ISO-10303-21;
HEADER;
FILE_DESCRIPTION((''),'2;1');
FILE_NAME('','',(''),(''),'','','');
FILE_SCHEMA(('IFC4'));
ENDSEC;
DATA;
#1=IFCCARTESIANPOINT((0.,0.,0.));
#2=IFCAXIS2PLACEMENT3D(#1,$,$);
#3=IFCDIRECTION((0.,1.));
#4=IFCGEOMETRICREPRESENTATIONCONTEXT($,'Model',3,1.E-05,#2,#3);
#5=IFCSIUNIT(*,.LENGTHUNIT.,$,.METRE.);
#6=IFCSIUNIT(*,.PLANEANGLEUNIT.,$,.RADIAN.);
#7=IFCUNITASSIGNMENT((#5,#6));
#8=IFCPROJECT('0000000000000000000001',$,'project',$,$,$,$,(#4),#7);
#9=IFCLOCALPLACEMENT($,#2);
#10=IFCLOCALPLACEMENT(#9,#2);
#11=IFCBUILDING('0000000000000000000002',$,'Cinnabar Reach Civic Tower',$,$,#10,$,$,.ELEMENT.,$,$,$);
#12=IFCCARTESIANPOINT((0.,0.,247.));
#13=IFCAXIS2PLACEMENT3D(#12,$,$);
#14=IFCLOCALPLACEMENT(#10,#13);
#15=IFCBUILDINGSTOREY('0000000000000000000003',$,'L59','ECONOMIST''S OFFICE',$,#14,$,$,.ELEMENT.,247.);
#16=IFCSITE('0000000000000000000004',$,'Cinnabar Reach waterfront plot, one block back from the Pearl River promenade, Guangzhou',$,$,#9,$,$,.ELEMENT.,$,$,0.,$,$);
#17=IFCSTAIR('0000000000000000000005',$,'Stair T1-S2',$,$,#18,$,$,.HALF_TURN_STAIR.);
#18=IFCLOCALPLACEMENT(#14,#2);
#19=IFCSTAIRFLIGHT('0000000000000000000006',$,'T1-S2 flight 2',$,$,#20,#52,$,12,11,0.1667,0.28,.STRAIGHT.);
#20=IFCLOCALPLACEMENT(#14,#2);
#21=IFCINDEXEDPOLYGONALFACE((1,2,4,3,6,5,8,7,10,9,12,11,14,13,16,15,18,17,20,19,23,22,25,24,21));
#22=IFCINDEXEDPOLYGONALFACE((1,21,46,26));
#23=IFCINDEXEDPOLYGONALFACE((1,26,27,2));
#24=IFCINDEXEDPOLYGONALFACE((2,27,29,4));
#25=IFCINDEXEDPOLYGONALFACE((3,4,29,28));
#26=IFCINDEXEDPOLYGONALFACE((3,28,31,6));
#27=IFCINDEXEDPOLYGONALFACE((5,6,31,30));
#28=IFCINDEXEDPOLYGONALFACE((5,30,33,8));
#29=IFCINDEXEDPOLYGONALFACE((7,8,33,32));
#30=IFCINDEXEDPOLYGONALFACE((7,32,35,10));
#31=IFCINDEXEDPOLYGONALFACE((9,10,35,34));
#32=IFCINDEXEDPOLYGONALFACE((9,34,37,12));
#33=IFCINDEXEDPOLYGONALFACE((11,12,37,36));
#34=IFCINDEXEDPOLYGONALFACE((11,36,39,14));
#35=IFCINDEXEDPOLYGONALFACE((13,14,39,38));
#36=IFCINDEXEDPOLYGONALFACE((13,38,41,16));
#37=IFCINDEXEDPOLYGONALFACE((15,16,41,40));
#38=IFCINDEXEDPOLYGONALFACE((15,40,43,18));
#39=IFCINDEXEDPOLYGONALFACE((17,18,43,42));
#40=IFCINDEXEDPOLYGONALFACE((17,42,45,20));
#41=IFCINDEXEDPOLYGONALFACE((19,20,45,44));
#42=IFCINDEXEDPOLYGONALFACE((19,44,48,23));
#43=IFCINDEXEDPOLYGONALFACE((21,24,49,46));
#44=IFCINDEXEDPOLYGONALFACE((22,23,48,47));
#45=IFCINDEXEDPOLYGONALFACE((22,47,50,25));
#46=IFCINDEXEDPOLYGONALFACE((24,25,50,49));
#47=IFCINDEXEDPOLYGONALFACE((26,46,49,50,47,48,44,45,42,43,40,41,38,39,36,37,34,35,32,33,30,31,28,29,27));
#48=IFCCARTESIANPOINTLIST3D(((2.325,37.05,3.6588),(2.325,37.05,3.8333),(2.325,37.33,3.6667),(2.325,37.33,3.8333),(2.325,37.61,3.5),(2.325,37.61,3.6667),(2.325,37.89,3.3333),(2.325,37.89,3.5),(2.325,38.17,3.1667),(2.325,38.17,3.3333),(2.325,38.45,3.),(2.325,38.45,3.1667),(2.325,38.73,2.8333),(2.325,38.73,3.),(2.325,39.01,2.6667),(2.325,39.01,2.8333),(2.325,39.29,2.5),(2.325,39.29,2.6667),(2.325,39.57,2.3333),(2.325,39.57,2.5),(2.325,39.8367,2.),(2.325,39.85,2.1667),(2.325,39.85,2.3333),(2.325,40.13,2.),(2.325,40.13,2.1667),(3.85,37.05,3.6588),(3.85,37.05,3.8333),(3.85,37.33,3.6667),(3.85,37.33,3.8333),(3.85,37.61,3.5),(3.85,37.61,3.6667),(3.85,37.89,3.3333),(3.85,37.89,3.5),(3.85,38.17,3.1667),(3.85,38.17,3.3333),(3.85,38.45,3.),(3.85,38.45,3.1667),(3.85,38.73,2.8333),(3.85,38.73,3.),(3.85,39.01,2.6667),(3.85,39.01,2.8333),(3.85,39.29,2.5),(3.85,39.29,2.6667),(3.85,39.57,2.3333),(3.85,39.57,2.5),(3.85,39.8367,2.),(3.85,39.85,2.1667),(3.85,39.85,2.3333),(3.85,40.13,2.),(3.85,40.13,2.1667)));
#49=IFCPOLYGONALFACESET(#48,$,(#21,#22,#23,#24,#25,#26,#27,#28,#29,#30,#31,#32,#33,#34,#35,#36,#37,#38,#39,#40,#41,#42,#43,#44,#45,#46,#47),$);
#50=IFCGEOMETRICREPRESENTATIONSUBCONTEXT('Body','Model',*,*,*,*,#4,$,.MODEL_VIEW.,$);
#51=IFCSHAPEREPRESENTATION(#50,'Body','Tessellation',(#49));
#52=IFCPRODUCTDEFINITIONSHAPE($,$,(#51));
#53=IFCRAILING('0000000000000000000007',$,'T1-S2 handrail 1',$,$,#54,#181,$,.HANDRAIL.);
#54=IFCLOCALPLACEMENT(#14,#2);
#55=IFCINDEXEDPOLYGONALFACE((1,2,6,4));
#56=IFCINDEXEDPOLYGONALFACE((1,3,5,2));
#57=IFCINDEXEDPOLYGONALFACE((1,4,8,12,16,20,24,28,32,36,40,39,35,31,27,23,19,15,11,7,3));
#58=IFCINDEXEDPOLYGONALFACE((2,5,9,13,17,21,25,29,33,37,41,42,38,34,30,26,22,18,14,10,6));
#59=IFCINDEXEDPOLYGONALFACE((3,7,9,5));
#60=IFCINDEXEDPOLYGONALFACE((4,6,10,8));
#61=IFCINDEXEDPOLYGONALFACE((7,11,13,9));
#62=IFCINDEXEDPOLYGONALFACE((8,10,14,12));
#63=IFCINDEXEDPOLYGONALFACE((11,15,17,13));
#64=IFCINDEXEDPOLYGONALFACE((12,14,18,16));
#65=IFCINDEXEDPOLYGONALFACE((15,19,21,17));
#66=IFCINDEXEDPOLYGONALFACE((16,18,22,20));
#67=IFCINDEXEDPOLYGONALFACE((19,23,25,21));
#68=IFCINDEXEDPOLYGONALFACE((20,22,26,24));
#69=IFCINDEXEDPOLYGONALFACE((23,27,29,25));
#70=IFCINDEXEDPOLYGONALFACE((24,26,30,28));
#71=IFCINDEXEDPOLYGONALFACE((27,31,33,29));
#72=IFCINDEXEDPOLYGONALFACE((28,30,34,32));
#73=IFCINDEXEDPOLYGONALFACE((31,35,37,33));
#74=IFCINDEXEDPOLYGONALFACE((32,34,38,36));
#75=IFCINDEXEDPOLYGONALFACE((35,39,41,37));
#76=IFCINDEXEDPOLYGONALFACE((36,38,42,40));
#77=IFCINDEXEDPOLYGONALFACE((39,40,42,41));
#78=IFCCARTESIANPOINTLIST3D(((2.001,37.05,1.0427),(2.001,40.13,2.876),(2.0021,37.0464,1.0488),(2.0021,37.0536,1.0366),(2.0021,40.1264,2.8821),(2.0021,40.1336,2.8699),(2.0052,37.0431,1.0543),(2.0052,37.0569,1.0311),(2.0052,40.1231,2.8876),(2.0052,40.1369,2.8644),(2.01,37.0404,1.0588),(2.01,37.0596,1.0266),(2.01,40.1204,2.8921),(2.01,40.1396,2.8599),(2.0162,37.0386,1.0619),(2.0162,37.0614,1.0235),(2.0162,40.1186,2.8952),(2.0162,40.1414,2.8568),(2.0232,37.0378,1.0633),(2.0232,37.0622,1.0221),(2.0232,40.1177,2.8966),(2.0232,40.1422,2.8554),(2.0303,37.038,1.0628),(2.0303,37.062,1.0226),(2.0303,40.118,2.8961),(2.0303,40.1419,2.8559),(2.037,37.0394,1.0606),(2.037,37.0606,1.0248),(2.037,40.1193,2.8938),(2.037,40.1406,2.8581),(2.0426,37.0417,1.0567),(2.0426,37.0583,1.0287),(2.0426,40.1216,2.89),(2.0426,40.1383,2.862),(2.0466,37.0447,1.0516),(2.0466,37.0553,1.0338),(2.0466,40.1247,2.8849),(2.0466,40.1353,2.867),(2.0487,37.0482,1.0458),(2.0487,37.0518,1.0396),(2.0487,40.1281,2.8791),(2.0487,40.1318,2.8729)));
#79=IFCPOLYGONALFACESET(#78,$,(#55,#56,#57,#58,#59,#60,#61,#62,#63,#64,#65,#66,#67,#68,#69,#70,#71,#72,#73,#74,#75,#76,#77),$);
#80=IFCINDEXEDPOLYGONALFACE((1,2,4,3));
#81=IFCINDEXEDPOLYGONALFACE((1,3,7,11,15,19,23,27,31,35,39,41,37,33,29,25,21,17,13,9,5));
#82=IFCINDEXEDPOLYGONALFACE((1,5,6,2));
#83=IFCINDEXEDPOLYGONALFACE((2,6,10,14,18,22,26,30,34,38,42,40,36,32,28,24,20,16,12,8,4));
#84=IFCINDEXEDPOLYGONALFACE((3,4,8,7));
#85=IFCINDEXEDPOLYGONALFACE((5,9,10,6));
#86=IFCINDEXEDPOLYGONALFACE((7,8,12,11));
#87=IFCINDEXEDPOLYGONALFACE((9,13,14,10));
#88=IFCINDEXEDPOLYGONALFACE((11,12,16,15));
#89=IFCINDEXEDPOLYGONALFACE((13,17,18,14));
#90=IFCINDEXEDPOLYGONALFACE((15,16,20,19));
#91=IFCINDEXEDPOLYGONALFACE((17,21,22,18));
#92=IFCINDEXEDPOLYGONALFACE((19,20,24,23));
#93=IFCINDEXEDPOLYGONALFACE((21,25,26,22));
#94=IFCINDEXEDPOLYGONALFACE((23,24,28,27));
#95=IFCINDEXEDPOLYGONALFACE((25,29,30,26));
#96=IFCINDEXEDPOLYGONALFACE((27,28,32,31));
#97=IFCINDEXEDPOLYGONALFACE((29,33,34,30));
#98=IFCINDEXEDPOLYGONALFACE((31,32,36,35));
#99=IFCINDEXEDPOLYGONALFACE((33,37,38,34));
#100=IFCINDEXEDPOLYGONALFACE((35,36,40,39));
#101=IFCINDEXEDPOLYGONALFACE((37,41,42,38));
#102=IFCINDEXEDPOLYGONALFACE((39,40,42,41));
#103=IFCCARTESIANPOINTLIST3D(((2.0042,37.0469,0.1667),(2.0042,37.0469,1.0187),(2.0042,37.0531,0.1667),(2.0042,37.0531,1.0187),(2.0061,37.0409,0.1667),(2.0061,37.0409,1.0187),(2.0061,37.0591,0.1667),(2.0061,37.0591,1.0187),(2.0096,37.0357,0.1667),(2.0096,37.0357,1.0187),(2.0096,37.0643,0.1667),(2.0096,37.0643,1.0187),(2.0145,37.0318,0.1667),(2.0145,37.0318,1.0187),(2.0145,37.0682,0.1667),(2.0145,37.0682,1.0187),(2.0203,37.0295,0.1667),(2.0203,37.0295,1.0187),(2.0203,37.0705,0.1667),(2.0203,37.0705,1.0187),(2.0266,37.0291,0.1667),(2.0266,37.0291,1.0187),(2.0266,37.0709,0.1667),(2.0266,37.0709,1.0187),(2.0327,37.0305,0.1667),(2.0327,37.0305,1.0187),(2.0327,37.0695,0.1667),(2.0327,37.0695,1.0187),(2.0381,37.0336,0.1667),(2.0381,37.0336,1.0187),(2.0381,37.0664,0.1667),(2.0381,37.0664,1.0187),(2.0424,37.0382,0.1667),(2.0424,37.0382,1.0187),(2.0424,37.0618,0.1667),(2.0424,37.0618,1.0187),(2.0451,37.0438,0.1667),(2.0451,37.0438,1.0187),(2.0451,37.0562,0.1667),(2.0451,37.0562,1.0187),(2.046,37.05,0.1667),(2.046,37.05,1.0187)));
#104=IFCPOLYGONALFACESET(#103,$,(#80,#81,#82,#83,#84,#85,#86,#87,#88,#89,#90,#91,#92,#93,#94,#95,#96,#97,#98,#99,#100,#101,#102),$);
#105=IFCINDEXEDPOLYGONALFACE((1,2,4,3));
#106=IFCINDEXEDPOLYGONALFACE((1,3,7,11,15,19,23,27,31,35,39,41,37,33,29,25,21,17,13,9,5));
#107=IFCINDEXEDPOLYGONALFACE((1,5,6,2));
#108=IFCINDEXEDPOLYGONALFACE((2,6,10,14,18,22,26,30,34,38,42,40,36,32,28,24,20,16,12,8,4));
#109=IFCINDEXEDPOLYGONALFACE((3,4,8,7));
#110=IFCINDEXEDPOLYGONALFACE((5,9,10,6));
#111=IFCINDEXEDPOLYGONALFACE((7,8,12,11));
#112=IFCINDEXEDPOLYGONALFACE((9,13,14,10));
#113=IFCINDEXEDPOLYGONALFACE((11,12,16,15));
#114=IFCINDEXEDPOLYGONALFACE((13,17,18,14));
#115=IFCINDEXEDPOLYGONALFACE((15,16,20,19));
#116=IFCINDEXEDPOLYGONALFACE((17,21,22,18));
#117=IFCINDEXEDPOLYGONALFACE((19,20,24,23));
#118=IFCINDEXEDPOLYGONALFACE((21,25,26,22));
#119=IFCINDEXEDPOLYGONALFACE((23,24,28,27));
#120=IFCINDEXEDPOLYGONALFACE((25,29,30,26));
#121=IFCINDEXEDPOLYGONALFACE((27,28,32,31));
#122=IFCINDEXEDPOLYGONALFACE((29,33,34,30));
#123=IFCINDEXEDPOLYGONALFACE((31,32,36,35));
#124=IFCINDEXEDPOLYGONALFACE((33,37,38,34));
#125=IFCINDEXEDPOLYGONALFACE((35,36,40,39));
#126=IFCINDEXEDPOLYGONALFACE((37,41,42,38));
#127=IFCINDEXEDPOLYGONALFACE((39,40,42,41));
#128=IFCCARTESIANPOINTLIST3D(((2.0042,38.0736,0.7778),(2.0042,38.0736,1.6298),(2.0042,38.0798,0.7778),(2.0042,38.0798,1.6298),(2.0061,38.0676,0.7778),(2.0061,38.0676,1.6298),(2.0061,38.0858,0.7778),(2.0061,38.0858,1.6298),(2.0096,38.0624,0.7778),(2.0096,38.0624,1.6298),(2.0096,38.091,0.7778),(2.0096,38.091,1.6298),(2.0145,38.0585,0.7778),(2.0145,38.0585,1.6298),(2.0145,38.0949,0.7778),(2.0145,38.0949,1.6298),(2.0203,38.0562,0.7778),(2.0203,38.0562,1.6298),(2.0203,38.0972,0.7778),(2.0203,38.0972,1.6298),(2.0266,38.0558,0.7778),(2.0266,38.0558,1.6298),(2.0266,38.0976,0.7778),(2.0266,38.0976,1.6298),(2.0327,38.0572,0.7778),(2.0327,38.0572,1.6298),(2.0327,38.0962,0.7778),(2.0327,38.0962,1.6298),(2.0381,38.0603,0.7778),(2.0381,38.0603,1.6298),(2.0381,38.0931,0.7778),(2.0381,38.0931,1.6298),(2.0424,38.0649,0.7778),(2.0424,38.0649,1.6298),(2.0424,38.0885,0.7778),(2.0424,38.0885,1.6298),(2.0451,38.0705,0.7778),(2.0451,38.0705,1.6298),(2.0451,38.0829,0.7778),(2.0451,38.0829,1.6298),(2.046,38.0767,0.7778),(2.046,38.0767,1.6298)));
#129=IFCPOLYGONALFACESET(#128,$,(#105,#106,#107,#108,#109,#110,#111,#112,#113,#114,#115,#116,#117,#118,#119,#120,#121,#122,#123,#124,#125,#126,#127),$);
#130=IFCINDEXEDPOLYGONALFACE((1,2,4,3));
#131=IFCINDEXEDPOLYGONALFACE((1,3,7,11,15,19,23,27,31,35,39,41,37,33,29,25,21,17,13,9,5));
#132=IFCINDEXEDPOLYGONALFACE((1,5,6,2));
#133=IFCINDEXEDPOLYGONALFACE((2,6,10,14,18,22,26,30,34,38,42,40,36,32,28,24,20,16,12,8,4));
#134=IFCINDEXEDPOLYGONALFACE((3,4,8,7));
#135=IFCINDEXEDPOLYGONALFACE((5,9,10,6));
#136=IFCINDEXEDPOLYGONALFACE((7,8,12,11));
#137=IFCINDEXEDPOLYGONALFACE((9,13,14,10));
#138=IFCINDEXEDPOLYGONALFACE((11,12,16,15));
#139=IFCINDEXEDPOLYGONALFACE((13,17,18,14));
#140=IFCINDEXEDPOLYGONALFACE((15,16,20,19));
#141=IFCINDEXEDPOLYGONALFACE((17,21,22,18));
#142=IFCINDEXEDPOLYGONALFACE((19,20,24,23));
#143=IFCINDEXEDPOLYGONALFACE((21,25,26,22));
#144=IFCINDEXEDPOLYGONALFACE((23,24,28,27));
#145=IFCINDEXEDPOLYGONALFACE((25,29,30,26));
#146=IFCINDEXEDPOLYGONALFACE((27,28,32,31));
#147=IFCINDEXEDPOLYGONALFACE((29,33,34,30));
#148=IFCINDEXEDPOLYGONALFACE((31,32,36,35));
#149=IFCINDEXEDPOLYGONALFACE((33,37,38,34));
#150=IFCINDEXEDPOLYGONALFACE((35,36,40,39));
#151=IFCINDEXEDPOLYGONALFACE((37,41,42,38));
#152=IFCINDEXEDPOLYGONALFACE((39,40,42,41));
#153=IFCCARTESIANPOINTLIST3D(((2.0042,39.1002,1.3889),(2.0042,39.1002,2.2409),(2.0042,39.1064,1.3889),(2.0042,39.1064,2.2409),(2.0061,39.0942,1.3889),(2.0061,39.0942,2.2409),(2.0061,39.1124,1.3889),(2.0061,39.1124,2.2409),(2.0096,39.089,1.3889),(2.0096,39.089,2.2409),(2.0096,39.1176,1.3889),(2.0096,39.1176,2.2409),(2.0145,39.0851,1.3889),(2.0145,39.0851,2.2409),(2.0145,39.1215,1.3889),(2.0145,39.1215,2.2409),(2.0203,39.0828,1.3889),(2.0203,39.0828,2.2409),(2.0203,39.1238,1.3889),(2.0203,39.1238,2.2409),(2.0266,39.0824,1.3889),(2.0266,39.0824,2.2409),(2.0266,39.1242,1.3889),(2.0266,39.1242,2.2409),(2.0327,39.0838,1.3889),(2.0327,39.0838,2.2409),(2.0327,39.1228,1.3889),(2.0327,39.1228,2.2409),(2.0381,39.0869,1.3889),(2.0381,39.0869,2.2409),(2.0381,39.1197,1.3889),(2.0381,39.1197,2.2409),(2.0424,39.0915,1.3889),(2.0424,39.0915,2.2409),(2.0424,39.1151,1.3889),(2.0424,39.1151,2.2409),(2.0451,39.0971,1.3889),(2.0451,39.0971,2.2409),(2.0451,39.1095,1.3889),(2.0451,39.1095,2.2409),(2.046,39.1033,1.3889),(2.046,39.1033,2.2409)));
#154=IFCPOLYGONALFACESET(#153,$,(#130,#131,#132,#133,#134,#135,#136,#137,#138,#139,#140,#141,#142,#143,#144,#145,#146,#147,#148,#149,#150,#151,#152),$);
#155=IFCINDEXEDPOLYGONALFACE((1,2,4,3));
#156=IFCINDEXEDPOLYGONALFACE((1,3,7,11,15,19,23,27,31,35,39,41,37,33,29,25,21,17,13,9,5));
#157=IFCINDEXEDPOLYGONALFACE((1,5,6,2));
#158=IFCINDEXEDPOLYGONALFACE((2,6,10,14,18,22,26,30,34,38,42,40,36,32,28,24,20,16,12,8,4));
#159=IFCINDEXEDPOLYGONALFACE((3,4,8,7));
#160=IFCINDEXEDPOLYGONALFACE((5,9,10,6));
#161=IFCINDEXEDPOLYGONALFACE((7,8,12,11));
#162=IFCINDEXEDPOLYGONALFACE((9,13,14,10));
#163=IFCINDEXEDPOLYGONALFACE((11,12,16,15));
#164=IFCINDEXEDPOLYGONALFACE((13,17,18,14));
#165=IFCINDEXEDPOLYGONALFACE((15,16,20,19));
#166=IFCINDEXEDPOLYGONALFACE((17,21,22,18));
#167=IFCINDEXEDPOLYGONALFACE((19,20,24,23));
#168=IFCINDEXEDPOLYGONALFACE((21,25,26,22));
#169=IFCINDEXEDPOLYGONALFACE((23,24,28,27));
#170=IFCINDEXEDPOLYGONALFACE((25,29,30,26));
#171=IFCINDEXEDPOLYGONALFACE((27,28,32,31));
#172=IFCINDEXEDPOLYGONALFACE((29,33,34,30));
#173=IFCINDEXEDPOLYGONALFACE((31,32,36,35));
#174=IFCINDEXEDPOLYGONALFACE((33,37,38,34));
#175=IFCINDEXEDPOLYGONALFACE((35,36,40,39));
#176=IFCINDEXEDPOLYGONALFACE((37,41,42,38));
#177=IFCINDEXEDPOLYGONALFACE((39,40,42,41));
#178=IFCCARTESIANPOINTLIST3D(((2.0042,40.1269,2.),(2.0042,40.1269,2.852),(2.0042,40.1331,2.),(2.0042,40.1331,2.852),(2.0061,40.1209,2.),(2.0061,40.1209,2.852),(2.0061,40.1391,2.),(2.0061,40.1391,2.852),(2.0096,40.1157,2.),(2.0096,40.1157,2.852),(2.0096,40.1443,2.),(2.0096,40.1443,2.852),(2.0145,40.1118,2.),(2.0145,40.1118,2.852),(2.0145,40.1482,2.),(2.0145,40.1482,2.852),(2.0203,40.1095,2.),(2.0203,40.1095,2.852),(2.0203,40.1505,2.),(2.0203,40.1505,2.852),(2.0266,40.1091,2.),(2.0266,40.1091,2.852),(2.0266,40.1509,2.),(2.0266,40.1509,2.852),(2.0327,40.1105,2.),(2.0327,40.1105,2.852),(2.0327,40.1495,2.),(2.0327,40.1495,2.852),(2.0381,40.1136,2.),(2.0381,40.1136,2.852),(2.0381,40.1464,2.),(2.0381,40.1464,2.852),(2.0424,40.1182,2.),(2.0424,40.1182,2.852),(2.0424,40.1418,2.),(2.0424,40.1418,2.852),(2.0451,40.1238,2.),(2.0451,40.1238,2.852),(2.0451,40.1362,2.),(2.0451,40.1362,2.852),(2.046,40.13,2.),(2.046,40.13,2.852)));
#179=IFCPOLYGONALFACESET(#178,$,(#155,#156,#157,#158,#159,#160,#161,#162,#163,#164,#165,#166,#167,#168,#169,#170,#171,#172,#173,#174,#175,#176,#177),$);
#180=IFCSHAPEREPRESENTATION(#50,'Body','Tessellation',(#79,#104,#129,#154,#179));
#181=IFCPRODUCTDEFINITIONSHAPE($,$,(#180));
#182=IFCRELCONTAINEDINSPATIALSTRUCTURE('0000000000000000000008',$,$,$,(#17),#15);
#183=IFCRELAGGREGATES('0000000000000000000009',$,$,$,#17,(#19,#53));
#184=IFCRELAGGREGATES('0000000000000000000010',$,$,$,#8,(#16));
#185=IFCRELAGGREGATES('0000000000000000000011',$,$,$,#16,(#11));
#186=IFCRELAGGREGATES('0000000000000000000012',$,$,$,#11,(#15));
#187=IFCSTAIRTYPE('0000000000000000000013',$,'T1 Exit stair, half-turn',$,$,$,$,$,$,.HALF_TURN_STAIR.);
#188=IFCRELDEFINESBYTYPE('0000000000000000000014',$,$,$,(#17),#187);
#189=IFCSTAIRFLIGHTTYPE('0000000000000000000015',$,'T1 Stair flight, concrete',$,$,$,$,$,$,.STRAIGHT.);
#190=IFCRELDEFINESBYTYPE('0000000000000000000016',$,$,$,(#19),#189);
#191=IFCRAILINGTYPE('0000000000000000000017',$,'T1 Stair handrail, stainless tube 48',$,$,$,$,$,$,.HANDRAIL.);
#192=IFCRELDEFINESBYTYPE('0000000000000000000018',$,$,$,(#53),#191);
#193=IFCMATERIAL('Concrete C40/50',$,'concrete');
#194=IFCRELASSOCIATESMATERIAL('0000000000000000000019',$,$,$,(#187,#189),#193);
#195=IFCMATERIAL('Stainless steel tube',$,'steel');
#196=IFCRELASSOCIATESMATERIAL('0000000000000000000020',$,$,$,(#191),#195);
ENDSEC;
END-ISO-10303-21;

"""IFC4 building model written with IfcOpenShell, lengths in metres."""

from ifc_helpers import new_model, si_unit, direction, frame, origin, origin_2d, place, context, subcontext, project, spatial, polyline, circle, outline, extrude, material, type_object, element, aggregate, save


model = new_model("IFC4")

# Units and contexts
model_context = context("Model", 3, precision=1e-05, world=origin(), true_north=direction((0.0, 1.0)))
body_context = subcontext(model_context, "Body", "Model", "MODEL_VIEW")
ifc_project = project(units=[si_unit("LENGTHUNIT", "METRE"), si_unit("PLANEANGLEUNIT", "RADIAN")], contexts=[model_context])

# Site, building, storey
site_placement = place(None, origin())
site = spatial("IfcSite", under=ifc_project, at=site_placement, Name="Cinnabar Reach waterfront plot, one block back from the Pearl River promenade, Guangzhou", CompositionType="ELEMENT", RefElevation=0.0)
building_placement = place(site_placement, origin())
building = spatial("IfcBuilding", under=site, at=building_placement, Name="Cinnabar Reach Civic Tower", CompositionType="ELEMENT")
storey_placement = place(building_placement, frame((0.0, 0.0, 247.0)))
storey = spatial("IfcBuildingStorey", under=building, at=storey_placement, Name="L59", Description="ECONOMIST'S OFFICE", CompositionType="ELEMENT", Elevation=247.0)

# Shared definitions
ifc_material_1 = material(Name="Concrete C40/50", Category="concrete")

# Stair, stair flight, railing
stair_type = type_object("IfcStairType", Name="T1 Exit stair, half-turn", PredefinedType="HALF_TURN_STAIR", material=ifc_material_1)
stair_placement = place(storey_placement, origin())
stair = element("IfcStair", 1, at=stair_placement, inside=storey, type_object=stair_type, Name="Stair T1-S2", PredefinedType="HALF_TURN_STAIR")
stair_flight_type = type_object("IfcStairFlightType", Name="T1 Stair flight, concrete", PredefinedType="STRAIGHT", material=ifc_material_1)
stair_flight_1_placement = place(storey_placement, frame((3.0875, 40.13, 2.0), z_axis=(0.0, 0.0, 1.0), x_axis=(0.0, -1.0, 0.0)))
stair_flight_1 = element("IfcStairFlight", 2, at=stair_flight_1_placement, type_object=stair_flight_type, Name="T1-S2 flight 2", NumberOfRisers=12, NumberOfTreads=11, PredefinedType="STRAIGHT", RiserHeight=0.1667, TreadLength=0.28, context=body_context, shape_type="SweptSolid", body=[
    extrude(outline(polyline([(0.0, 0.0), (0.0, 0.1667), (0.28, 0.1667), (0.28, 0.3333), (0.56, 0.3333), (0.56, 0.5), (0.84, 0.5), (0.84, 0.6667), (1.12, 0.6667), (1.12, 0.8333), (1.4, 0.8333), (1.4, 1.0), (1.68, 1.0), (1.68, 1.1667), (1.96, 1.1667), (1.96, 1.3333), (2.24, 1.3333), (2.24, 1.5), (2.52, 1.5), (2.52, 1.6667), (2.8, 1.6667), (2.8, 1.8333), (3.08, 1.8333), (3.08, 2.0), (3.08, 1.6588), (0.2933, 0.0), (0.0, 0.0)])), frame((0.0, 0.7625, 0.0), z_axis=(0.0, -1.0, 0.0), x_axis=(1.0, 0.0, 0.0)), (0.0, 0.0, 1.0), 1.525),
])
ifc_material_2 = material(Name="Stainless steel tube", Category="steel")
railing_type = type_object("IfcRailingType", Name="T1 Stair handrail, stainless tube 48", PredefinedType="HANDRAIL", material=ifc_material_2)
railing_1_placement = place(storey_placement, frame((2.025, 37.05, 0.1667)))
railing_1 = element("IfcRailing", 3, at=railing_1_placement, type_object=railing_type, Name="T1-S2 handrail 1", PredefinedType="HANDRAIL", context=body_context, shape_type="SweptSolid", body=[
    extrude(circle(Radius=0.024, at=origin_2d()), frame((0.0, 0.0, 0.876), z_axis=(0.0, 0.859297, 0.511477), x_axis=(-1.0, 0.0, 0.0)), (0.0, 0.0, 1.0), 3.5843),
    extrude(circle(Radius=0.021, at=origin_2d()), origin(), (0.0, 0.0, 1.0), 0.852),
    extrude(circle(Radius=0.021, at=origin_2d()), frame((0.0, 1.0267, 0.6111)), (0.0, 0.0, 1.0), 0.852),
    extrude(circle(Radius=0.021, at=origin_2d()), frame((0.0, 2.0533, 1.2222)), (0.0, 0.0, 1.0), 0.852),
    extrude(circle(Radius=0.021, at=origin_2d()), frame((0.0, 3.08, 1.8333)), (0.0, 0.0, 1.0), 0.852),
])
aggregate(stair, [stair_flight_1, railing_1])

save(model, "model.ifc")
